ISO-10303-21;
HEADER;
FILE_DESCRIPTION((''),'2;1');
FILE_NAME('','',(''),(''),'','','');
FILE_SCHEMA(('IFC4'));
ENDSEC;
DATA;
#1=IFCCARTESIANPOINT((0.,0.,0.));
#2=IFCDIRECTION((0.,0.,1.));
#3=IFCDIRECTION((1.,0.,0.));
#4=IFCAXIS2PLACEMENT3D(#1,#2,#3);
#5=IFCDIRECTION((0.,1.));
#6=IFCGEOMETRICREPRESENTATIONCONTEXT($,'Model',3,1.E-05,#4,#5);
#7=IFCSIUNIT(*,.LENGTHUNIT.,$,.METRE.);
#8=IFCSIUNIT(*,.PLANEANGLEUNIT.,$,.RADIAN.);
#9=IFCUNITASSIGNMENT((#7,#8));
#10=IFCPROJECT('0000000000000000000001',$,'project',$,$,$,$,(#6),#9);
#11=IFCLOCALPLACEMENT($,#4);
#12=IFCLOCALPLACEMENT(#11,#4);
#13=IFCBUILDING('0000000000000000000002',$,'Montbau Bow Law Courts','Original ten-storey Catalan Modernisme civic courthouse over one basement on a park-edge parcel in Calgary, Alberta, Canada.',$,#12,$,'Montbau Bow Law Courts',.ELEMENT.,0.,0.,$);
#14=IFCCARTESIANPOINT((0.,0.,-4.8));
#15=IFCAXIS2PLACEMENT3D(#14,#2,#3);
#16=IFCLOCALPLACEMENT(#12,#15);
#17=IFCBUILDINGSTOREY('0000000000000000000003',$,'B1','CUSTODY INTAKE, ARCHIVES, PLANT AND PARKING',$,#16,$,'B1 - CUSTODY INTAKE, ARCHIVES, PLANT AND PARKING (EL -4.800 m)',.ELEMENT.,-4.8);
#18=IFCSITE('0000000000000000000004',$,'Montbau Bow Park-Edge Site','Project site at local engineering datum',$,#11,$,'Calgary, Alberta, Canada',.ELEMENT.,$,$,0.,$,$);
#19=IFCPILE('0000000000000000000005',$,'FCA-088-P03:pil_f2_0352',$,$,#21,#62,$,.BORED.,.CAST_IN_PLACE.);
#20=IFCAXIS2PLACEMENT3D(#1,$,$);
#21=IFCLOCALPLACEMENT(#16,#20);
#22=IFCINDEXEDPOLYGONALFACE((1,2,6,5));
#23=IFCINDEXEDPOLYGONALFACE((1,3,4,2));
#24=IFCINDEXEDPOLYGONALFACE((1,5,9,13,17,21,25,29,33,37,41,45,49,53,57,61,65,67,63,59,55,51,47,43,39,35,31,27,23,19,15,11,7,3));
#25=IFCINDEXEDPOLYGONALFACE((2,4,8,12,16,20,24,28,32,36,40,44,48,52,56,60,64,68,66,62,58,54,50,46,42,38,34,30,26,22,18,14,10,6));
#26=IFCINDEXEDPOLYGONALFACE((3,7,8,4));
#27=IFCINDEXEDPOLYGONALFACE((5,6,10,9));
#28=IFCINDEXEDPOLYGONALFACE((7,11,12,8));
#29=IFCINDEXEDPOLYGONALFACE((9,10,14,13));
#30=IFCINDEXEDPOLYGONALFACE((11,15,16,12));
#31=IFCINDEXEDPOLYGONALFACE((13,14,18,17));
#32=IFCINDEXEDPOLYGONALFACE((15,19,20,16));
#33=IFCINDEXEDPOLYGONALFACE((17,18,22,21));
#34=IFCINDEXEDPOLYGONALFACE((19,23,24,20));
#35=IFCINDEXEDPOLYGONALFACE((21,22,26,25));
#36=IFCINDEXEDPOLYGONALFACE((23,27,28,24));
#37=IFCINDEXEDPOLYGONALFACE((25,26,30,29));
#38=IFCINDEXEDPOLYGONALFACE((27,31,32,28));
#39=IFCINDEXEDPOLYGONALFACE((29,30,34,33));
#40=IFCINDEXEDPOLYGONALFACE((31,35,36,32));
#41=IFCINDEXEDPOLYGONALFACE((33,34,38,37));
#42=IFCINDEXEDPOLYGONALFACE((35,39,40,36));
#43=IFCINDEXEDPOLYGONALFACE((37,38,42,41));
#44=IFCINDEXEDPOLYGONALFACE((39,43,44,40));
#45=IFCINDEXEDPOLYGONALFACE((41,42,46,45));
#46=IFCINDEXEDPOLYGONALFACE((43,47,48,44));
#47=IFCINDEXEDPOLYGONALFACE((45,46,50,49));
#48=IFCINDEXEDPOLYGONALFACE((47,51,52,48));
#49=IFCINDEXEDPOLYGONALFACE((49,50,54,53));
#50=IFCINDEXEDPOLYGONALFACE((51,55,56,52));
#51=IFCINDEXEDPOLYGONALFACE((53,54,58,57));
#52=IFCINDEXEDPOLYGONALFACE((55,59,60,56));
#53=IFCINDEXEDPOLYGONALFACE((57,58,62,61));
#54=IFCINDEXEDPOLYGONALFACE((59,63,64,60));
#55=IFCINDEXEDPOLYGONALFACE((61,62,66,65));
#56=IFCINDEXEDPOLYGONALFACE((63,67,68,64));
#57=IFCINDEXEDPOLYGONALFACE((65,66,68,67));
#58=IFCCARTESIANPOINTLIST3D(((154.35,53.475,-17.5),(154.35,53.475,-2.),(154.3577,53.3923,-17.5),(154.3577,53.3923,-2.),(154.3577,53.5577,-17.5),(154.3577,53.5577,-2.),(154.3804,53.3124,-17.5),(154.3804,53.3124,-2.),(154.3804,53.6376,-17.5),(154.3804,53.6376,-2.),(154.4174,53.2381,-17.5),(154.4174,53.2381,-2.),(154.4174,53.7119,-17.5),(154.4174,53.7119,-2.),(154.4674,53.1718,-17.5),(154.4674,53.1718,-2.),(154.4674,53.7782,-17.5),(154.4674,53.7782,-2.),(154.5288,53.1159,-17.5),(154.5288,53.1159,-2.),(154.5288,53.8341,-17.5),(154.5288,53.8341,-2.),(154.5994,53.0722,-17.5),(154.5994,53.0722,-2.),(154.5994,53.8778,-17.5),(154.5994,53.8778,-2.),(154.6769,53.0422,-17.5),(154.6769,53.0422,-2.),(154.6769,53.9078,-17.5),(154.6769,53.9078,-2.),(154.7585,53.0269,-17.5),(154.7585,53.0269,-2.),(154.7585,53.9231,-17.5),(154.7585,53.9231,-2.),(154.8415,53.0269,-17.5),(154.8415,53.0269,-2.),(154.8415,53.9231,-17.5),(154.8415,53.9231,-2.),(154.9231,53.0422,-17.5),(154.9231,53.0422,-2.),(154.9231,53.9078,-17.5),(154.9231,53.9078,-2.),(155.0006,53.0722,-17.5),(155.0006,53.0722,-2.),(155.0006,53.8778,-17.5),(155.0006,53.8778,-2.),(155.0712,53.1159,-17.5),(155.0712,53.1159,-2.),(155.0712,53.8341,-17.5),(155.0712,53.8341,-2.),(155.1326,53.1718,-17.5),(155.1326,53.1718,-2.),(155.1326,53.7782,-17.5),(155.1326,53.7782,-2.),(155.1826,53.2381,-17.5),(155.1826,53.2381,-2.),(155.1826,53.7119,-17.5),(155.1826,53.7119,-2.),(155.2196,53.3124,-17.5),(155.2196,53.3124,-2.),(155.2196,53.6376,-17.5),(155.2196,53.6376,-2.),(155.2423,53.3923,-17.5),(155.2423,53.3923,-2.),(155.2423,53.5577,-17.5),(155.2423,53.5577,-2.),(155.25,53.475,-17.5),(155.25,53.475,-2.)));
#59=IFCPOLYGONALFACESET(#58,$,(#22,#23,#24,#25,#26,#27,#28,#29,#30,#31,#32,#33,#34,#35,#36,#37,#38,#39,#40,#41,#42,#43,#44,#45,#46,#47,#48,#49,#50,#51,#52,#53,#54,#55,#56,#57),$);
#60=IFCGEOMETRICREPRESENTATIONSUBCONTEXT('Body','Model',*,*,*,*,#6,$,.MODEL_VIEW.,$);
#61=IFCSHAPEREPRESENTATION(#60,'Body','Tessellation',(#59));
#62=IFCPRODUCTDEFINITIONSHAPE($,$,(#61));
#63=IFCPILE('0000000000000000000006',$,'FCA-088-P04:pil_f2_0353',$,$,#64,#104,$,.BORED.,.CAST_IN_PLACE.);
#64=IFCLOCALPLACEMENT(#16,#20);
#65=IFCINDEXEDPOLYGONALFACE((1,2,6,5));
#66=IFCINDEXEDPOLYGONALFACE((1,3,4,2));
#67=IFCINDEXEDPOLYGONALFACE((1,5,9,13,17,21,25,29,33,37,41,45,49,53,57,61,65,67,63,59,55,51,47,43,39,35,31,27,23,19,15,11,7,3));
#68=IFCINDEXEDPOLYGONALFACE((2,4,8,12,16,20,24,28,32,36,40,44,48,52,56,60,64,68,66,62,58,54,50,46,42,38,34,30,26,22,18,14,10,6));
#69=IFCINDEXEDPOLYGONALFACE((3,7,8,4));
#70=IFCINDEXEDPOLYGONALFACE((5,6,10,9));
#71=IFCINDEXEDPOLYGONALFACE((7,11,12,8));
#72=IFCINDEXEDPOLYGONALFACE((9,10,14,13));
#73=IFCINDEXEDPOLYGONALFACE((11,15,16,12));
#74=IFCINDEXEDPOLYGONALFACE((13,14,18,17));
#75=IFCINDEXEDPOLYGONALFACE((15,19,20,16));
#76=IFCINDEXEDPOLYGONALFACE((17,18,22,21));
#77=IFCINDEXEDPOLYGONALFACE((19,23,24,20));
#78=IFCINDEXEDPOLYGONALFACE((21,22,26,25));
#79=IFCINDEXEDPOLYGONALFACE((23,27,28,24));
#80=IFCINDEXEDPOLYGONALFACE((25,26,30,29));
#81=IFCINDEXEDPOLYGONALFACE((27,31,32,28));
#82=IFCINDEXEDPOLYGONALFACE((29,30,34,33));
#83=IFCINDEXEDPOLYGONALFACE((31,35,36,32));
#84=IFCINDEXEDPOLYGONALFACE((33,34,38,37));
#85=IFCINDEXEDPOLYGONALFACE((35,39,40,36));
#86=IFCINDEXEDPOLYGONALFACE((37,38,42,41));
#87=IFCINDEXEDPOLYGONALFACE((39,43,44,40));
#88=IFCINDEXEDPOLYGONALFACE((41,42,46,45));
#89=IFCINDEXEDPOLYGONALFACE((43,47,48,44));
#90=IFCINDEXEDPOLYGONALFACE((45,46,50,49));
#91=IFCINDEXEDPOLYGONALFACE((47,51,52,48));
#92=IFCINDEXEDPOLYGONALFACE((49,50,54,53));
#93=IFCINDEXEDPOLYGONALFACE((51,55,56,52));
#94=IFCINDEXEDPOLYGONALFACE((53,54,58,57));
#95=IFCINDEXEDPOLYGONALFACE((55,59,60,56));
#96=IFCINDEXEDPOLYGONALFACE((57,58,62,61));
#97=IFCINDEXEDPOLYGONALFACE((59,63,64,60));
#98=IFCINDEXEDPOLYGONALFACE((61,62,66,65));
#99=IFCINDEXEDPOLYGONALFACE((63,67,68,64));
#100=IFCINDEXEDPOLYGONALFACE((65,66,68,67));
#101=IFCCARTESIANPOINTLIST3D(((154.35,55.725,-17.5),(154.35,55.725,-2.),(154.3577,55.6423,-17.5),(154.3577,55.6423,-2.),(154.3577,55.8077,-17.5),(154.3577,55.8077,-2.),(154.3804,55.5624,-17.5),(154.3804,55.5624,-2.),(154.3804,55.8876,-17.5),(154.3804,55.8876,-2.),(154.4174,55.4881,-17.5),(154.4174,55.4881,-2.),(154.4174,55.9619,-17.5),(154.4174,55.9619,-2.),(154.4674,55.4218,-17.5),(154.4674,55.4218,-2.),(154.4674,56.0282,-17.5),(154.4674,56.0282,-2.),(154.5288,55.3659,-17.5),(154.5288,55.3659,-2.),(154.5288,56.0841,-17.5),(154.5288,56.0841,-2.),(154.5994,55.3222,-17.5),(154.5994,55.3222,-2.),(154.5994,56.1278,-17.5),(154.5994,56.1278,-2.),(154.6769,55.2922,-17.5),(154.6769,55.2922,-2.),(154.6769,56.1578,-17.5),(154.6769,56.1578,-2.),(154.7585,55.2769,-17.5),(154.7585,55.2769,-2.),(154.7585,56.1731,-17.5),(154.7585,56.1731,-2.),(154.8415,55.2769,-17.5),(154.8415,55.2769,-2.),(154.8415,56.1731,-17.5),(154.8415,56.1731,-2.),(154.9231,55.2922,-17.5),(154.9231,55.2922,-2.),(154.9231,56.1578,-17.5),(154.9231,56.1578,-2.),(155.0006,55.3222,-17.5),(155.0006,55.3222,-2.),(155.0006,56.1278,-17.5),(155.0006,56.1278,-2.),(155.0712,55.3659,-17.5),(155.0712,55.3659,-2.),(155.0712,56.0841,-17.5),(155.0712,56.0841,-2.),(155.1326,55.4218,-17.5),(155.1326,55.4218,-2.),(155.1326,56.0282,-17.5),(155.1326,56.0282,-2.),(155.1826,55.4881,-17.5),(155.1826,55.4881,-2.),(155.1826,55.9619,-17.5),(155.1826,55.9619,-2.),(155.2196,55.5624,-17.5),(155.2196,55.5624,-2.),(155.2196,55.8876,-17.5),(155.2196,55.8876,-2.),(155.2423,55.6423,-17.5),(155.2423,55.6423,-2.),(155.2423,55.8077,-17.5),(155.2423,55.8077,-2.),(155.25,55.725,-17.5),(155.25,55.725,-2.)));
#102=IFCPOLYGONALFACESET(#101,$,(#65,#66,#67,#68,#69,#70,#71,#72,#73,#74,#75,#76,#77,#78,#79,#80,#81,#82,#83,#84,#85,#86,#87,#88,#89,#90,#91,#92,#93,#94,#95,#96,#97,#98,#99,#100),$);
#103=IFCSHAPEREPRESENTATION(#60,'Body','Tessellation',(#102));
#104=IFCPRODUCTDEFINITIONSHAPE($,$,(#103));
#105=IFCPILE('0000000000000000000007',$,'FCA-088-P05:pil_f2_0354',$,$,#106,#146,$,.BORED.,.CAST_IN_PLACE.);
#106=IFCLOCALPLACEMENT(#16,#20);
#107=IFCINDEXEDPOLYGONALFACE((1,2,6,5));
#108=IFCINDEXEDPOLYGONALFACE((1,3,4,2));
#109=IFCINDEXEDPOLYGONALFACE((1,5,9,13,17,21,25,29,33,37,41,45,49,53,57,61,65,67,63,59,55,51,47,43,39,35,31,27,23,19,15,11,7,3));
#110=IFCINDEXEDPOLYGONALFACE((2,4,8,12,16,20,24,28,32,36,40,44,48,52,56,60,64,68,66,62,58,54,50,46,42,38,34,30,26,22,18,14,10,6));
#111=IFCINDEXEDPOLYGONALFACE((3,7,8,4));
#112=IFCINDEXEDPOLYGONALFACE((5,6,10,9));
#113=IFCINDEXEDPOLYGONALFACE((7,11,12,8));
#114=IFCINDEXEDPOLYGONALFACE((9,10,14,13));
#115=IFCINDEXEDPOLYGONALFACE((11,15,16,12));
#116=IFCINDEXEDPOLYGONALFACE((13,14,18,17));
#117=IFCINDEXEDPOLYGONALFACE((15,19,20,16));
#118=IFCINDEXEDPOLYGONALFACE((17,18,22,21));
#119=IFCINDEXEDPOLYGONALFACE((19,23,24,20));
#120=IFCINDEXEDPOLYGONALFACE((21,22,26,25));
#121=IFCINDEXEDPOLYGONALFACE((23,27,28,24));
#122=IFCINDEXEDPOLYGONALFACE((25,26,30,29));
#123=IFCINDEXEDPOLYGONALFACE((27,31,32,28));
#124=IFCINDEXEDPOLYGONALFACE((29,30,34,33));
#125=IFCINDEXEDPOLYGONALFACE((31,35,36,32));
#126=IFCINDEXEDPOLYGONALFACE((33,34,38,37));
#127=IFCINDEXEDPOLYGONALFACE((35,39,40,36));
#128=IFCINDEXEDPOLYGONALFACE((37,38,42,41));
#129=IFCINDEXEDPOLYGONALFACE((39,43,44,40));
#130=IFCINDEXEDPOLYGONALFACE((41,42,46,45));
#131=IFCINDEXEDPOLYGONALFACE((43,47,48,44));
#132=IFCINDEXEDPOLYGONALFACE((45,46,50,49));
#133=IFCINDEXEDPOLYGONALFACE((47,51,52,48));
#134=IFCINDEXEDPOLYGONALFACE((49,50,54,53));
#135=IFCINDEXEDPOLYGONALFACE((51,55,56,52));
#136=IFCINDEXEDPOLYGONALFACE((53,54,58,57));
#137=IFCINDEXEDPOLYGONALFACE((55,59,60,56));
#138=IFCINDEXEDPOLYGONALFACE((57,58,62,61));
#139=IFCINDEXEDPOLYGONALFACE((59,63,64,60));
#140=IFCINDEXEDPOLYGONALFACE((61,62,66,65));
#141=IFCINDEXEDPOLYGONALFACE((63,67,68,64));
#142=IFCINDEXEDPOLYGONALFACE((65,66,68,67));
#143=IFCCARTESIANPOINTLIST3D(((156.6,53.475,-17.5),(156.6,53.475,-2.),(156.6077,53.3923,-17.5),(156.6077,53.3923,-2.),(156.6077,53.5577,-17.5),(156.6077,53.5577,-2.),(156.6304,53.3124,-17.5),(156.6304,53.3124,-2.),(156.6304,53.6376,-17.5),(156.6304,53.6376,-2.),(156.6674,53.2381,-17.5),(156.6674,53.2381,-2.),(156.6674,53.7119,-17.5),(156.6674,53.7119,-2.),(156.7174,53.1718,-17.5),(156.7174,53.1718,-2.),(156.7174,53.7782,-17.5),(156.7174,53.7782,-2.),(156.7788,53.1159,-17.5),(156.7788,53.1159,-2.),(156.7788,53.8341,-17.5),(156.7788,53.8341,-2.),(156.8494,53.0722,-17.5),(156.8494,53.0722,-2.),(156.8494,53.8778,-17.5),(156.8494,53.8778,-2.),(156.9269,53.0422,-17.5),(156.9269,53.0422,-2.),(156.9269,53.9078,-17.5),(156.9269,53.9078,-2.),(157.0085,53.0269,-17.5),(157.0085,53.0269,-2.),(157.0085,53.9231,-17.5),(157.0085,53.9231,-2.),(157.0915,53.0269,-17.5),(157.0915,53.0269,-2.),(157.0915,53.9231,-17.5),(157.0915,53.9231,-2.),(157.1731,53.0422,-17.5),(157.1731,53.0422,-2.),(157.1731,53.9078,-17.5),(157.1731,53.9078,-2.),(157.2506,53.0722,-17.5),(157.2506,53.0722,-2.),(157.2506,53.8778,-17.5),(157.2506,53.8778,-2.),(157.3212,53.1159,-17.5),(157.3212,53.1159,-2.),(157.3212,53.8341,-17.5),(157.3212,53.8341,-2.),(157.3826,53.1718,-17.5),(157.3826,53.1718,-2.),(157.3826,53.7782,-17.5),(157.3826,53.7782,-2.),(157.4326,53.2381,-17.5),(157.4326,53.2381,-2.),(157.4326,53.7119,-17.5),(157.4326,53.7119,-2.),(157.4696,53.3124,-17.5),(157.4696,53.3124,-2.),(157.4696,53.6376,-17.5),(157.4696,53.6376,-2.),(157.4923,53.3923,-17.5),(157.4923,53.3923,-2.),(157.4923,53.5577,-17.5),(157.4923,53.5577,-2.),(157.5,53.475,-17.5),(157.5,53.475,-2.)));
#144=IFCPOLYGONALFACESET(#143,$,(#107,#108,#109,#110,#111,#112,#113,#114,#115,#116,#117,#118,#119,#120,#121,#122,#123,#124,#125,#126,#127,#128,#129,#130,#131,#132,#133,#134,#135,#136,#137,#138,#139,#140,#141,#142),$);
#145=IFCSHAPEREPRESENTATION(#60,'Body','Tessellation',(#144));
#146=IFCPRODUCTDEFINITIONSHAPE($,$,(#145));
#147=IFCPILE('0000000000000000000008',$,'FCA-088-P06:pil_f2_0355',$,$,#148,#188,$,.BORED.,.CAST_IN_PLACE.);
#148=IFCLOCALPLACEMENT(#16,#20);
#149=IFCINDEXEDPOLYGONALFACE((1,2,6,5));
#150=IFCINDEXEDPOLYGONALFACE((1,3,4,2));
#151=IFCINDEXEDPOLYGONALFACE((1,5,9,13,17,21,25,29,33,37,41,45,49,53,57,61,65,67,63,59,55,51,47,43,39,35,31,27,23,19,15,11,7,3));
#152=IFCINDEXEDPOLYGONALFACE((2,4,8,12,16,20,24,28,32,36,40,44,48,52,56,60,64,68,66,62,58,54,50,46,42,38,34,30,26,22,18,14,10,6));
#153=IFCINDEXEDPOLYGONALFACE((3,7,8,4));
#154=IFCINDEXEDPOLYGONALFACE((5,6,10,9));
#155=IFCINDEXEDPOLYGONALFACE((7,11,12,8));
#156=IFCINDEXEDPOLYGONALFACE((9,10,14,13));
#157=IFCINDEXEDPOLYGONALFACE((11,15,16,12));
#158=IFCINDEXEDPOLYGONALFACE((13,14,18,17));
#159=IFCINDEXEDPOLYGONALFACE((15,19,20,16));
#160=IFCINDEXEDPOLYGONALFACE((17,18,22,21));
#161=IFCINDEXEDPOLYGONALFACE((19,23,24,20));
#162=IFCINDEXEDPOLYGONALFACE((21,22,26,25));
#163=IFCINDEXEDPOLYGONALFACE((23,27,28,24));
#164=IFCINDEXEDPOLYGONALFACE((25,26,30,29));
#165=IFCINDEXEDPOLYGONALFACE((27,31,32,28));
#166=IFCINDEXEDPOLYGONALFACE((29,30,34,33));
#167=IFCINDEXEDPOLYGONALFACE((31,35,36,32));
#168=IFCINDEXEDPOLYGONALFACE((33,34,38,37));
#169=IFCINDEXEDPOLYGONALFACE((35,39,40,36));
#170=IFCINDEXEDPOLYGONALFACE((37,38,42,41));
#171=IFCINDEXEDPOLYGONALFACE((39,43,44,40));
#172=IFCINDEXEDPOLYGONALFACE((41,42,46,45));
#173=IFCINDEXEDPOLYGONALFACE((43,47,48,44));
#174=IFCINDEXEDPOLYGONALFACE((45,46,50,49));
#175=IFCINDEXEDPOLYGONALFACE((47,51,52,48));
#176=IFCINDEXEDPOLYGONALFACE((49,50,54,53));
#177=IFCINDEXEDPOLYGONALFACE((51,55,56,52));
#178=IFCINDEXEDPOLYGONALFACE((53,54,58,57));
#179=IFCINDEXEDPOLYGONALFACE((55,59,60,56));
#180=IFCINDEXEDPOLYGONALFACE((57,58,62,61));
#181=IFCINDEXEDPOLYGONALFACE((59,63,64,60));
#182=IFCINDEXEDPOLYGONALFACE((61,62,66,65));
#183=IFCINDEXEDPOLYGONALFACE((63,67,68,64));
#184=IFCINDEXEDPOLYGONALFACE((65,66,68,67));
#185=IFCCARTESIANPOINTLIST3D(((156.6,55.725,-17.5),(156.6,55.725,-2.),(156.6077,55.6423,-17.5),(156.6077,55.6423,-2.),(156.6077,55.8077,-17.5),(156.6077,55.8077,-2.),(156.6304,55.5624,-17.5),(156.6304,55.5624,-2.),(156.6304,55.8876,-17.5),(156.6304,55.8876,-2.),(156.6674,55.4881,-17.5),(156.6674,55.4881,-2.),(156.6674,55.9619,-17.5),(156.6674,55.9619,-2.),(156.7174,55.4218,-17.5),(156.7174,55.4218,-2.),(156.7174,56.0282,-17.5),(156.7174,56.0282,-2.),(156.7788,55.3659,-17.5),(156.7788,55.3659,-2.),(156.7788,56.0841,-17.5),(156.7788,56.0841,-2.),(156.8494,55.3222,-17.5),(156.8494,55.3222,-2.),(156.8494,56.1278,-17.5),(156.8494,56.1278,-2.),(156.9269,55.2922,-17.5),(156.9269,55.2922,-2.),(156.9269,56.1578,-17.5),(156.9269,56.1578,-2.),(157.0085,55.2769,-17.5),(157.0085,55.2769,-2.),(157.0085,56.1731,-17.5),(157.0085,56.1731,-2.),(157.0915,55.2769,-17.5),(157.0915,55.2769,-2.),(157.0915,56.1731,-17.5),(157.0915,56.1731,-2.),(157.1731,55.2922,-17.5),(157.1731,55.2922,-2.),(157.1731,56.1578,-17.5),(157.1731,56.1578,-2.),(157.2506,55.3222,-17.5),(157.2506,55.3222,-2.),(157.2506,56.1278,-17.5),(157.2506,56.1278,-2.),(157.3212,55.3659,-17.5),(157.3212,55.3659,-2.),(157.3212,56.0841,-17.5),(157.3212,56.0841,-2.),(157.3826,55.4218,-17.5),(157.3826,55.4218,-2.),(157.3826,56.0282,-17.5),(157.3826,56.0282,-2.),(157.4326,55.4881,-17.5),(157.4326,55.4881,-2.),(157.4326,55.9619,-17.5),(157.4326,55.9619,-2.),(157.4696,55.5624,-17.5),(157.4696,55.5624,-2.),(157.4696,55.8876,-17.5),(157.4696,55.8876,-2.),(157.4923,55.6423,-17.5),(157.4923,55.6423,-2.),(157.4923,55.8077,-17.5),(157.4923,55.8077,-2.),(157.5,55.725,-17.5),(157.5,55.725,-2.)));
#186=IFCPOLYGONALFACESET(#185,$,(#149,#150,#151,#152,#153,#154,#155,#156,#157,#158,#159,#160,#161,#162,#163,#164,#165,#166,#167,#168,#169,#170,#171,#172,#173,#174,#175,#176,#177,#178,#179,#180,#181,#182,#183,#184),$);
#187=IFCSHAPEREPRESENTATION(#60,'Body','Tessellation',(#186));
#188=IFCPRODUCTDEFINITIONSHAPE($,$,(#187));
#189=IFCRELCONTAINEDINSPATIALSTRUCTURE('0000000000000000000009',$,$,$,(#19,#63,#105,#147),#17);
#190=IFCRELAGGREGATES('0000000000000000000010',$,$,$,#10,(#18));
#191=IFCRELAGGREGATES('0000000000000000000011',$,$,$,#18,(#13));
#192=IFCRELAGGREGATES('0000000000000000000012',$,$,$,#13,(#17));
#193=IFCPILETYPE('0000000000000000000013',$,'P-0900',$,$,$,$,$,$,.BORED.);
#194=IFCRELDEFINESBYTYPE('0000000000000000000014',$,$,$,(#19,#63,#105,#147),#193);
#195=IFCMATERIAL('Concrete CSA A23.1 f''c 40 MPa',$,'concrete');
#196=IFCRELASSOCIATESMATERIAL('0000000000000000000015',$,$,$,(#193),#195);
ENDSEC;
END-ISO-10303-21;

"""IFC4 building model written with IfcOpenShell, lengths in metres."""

from ifc_helpers import new_model, si_unit, direction, frame, origin_with_axes, origin_2d_with_axis, place, context, subcontext, project, spatial, circle, extrude, material, material_profile, profile_set, type_object, element, save


model = new_model("IFC4")

# Units and contexts
model_context = context("Model", 3, precision=1e-05, world=origin_with_axes(), true_north=direction((0.0, 1.0)))
body_context = subcontext(model_context, "Body", "Model", "MODEL_VIEW")
ifc_project = project(units=[si_unit("LENGTHUNIT", "METRE"), si_unit("PLANEANGLEUNIT", "RADIAN")], contexts=[model_context])

# Site, building, storey
site_placement = place(None, origin_with_axes())
site = spatial("IfcSite", under=ifc_project, at=site_placement, Name="Montbau Bow Park-Edge Site", Description="Project site at local engineering datum", LongName="Calgary, Alberta, Canada", CompositionType="ELEMENT", RefElevation=0.0)
building_placement = place(site_placement, origin_with_axes())
building = spatial("IfcBuilding", under=site, at=building_placement, Name="Montbau Bow Law Courts", Description="Original ten-storey Catalan Modernisme civic courthouse over one basement on a park-edge parcel in Calgary, Alberta, Canada.", LongName="Montbau Bow Law Courts", CompositionType="ELEMENT", ElevationOfRefHeight=0.0, ElevationOfTerrain=0.0)
storey_placement = place(building_placement, frame((0.0, 0.0, -4.8), z_axis=(0.0, 0.0, 1.0), x_axis=(1.0, 0.0, 0.0)))
storey = spatial("IfcBuildingStorey", under=building, at=storey_placement, Name="B1", Description="CUSTODY INTAKE, ARCHIVES, PLANT AND PARKING", LongName="B1 - CUSTODY INTAKE, ARCHIVES, PLANT AND PARKING (EL -4.800 m)", CompositionType="ELEMENT", Elevation=-4.8)

# Piles
ifc_material_1 = material(Name="Concrete CSA A23.1 f'c 40 MPa", Category="concrete")
ifc_material_profile_1 = material_profile(ifc_material_1, circle(Radius=0.45, at=origin_2d_with_axis()), Name="BP900", Category="Main", Priority=0)
ifc_profile_set_1 = profile_set([ifc_material_profile_1], Name="Concrete CSA A23.1 f'c 40 MPa")
pile_type_1 = type_object("IfcPileType", Name="P-0900", PredefinedType="BORED", material=ifc_profile_set_1)
for number, where, z_axis, x_axis, name in (
    (1, (154.8, 53.475, -22.3), (0.0, 0.0, 1.0), (1.0, 0.0, 0.0), "FCA-088-P03:pil_f2_0352"),
    (2, (154.8, 55.725, -22.3), (0.0, 0.0, 1.0), (1.0, 0.0, 0.0), "FCA-088-P04:pil_f2_0353"),
    (3, (157.05, 53.475, -22.3), (0.0, 0.0, 1.0), (1.0, 0.0, 0.0), "FCA-088-P05:pil_f2_0354"),
    (4, (157.05, 55.725, -22.3), (0.0, 0.0, 1.0), (1.0, 0.0, 0.0), "FCA-088-P06:pil_f2_0355"),
):
    element("IfcPile", number, at=place(None, frame(where, z_axis=z_axis, x_axis=x_axis)), inside=storey, type_object=pile_type_1, Name=name, ConstructionType="CAST_IN_PLACE", PredefinedType="BORED", context=body_context, shape_type="SweptSolid", body=[
        extrude(circle(Radius=0.45, at=origin_2d_with_axis()), origin_with_axes(), (0.0, 0.0, 1.0), 15.5),
    ])

save(model, "model.ifc")
